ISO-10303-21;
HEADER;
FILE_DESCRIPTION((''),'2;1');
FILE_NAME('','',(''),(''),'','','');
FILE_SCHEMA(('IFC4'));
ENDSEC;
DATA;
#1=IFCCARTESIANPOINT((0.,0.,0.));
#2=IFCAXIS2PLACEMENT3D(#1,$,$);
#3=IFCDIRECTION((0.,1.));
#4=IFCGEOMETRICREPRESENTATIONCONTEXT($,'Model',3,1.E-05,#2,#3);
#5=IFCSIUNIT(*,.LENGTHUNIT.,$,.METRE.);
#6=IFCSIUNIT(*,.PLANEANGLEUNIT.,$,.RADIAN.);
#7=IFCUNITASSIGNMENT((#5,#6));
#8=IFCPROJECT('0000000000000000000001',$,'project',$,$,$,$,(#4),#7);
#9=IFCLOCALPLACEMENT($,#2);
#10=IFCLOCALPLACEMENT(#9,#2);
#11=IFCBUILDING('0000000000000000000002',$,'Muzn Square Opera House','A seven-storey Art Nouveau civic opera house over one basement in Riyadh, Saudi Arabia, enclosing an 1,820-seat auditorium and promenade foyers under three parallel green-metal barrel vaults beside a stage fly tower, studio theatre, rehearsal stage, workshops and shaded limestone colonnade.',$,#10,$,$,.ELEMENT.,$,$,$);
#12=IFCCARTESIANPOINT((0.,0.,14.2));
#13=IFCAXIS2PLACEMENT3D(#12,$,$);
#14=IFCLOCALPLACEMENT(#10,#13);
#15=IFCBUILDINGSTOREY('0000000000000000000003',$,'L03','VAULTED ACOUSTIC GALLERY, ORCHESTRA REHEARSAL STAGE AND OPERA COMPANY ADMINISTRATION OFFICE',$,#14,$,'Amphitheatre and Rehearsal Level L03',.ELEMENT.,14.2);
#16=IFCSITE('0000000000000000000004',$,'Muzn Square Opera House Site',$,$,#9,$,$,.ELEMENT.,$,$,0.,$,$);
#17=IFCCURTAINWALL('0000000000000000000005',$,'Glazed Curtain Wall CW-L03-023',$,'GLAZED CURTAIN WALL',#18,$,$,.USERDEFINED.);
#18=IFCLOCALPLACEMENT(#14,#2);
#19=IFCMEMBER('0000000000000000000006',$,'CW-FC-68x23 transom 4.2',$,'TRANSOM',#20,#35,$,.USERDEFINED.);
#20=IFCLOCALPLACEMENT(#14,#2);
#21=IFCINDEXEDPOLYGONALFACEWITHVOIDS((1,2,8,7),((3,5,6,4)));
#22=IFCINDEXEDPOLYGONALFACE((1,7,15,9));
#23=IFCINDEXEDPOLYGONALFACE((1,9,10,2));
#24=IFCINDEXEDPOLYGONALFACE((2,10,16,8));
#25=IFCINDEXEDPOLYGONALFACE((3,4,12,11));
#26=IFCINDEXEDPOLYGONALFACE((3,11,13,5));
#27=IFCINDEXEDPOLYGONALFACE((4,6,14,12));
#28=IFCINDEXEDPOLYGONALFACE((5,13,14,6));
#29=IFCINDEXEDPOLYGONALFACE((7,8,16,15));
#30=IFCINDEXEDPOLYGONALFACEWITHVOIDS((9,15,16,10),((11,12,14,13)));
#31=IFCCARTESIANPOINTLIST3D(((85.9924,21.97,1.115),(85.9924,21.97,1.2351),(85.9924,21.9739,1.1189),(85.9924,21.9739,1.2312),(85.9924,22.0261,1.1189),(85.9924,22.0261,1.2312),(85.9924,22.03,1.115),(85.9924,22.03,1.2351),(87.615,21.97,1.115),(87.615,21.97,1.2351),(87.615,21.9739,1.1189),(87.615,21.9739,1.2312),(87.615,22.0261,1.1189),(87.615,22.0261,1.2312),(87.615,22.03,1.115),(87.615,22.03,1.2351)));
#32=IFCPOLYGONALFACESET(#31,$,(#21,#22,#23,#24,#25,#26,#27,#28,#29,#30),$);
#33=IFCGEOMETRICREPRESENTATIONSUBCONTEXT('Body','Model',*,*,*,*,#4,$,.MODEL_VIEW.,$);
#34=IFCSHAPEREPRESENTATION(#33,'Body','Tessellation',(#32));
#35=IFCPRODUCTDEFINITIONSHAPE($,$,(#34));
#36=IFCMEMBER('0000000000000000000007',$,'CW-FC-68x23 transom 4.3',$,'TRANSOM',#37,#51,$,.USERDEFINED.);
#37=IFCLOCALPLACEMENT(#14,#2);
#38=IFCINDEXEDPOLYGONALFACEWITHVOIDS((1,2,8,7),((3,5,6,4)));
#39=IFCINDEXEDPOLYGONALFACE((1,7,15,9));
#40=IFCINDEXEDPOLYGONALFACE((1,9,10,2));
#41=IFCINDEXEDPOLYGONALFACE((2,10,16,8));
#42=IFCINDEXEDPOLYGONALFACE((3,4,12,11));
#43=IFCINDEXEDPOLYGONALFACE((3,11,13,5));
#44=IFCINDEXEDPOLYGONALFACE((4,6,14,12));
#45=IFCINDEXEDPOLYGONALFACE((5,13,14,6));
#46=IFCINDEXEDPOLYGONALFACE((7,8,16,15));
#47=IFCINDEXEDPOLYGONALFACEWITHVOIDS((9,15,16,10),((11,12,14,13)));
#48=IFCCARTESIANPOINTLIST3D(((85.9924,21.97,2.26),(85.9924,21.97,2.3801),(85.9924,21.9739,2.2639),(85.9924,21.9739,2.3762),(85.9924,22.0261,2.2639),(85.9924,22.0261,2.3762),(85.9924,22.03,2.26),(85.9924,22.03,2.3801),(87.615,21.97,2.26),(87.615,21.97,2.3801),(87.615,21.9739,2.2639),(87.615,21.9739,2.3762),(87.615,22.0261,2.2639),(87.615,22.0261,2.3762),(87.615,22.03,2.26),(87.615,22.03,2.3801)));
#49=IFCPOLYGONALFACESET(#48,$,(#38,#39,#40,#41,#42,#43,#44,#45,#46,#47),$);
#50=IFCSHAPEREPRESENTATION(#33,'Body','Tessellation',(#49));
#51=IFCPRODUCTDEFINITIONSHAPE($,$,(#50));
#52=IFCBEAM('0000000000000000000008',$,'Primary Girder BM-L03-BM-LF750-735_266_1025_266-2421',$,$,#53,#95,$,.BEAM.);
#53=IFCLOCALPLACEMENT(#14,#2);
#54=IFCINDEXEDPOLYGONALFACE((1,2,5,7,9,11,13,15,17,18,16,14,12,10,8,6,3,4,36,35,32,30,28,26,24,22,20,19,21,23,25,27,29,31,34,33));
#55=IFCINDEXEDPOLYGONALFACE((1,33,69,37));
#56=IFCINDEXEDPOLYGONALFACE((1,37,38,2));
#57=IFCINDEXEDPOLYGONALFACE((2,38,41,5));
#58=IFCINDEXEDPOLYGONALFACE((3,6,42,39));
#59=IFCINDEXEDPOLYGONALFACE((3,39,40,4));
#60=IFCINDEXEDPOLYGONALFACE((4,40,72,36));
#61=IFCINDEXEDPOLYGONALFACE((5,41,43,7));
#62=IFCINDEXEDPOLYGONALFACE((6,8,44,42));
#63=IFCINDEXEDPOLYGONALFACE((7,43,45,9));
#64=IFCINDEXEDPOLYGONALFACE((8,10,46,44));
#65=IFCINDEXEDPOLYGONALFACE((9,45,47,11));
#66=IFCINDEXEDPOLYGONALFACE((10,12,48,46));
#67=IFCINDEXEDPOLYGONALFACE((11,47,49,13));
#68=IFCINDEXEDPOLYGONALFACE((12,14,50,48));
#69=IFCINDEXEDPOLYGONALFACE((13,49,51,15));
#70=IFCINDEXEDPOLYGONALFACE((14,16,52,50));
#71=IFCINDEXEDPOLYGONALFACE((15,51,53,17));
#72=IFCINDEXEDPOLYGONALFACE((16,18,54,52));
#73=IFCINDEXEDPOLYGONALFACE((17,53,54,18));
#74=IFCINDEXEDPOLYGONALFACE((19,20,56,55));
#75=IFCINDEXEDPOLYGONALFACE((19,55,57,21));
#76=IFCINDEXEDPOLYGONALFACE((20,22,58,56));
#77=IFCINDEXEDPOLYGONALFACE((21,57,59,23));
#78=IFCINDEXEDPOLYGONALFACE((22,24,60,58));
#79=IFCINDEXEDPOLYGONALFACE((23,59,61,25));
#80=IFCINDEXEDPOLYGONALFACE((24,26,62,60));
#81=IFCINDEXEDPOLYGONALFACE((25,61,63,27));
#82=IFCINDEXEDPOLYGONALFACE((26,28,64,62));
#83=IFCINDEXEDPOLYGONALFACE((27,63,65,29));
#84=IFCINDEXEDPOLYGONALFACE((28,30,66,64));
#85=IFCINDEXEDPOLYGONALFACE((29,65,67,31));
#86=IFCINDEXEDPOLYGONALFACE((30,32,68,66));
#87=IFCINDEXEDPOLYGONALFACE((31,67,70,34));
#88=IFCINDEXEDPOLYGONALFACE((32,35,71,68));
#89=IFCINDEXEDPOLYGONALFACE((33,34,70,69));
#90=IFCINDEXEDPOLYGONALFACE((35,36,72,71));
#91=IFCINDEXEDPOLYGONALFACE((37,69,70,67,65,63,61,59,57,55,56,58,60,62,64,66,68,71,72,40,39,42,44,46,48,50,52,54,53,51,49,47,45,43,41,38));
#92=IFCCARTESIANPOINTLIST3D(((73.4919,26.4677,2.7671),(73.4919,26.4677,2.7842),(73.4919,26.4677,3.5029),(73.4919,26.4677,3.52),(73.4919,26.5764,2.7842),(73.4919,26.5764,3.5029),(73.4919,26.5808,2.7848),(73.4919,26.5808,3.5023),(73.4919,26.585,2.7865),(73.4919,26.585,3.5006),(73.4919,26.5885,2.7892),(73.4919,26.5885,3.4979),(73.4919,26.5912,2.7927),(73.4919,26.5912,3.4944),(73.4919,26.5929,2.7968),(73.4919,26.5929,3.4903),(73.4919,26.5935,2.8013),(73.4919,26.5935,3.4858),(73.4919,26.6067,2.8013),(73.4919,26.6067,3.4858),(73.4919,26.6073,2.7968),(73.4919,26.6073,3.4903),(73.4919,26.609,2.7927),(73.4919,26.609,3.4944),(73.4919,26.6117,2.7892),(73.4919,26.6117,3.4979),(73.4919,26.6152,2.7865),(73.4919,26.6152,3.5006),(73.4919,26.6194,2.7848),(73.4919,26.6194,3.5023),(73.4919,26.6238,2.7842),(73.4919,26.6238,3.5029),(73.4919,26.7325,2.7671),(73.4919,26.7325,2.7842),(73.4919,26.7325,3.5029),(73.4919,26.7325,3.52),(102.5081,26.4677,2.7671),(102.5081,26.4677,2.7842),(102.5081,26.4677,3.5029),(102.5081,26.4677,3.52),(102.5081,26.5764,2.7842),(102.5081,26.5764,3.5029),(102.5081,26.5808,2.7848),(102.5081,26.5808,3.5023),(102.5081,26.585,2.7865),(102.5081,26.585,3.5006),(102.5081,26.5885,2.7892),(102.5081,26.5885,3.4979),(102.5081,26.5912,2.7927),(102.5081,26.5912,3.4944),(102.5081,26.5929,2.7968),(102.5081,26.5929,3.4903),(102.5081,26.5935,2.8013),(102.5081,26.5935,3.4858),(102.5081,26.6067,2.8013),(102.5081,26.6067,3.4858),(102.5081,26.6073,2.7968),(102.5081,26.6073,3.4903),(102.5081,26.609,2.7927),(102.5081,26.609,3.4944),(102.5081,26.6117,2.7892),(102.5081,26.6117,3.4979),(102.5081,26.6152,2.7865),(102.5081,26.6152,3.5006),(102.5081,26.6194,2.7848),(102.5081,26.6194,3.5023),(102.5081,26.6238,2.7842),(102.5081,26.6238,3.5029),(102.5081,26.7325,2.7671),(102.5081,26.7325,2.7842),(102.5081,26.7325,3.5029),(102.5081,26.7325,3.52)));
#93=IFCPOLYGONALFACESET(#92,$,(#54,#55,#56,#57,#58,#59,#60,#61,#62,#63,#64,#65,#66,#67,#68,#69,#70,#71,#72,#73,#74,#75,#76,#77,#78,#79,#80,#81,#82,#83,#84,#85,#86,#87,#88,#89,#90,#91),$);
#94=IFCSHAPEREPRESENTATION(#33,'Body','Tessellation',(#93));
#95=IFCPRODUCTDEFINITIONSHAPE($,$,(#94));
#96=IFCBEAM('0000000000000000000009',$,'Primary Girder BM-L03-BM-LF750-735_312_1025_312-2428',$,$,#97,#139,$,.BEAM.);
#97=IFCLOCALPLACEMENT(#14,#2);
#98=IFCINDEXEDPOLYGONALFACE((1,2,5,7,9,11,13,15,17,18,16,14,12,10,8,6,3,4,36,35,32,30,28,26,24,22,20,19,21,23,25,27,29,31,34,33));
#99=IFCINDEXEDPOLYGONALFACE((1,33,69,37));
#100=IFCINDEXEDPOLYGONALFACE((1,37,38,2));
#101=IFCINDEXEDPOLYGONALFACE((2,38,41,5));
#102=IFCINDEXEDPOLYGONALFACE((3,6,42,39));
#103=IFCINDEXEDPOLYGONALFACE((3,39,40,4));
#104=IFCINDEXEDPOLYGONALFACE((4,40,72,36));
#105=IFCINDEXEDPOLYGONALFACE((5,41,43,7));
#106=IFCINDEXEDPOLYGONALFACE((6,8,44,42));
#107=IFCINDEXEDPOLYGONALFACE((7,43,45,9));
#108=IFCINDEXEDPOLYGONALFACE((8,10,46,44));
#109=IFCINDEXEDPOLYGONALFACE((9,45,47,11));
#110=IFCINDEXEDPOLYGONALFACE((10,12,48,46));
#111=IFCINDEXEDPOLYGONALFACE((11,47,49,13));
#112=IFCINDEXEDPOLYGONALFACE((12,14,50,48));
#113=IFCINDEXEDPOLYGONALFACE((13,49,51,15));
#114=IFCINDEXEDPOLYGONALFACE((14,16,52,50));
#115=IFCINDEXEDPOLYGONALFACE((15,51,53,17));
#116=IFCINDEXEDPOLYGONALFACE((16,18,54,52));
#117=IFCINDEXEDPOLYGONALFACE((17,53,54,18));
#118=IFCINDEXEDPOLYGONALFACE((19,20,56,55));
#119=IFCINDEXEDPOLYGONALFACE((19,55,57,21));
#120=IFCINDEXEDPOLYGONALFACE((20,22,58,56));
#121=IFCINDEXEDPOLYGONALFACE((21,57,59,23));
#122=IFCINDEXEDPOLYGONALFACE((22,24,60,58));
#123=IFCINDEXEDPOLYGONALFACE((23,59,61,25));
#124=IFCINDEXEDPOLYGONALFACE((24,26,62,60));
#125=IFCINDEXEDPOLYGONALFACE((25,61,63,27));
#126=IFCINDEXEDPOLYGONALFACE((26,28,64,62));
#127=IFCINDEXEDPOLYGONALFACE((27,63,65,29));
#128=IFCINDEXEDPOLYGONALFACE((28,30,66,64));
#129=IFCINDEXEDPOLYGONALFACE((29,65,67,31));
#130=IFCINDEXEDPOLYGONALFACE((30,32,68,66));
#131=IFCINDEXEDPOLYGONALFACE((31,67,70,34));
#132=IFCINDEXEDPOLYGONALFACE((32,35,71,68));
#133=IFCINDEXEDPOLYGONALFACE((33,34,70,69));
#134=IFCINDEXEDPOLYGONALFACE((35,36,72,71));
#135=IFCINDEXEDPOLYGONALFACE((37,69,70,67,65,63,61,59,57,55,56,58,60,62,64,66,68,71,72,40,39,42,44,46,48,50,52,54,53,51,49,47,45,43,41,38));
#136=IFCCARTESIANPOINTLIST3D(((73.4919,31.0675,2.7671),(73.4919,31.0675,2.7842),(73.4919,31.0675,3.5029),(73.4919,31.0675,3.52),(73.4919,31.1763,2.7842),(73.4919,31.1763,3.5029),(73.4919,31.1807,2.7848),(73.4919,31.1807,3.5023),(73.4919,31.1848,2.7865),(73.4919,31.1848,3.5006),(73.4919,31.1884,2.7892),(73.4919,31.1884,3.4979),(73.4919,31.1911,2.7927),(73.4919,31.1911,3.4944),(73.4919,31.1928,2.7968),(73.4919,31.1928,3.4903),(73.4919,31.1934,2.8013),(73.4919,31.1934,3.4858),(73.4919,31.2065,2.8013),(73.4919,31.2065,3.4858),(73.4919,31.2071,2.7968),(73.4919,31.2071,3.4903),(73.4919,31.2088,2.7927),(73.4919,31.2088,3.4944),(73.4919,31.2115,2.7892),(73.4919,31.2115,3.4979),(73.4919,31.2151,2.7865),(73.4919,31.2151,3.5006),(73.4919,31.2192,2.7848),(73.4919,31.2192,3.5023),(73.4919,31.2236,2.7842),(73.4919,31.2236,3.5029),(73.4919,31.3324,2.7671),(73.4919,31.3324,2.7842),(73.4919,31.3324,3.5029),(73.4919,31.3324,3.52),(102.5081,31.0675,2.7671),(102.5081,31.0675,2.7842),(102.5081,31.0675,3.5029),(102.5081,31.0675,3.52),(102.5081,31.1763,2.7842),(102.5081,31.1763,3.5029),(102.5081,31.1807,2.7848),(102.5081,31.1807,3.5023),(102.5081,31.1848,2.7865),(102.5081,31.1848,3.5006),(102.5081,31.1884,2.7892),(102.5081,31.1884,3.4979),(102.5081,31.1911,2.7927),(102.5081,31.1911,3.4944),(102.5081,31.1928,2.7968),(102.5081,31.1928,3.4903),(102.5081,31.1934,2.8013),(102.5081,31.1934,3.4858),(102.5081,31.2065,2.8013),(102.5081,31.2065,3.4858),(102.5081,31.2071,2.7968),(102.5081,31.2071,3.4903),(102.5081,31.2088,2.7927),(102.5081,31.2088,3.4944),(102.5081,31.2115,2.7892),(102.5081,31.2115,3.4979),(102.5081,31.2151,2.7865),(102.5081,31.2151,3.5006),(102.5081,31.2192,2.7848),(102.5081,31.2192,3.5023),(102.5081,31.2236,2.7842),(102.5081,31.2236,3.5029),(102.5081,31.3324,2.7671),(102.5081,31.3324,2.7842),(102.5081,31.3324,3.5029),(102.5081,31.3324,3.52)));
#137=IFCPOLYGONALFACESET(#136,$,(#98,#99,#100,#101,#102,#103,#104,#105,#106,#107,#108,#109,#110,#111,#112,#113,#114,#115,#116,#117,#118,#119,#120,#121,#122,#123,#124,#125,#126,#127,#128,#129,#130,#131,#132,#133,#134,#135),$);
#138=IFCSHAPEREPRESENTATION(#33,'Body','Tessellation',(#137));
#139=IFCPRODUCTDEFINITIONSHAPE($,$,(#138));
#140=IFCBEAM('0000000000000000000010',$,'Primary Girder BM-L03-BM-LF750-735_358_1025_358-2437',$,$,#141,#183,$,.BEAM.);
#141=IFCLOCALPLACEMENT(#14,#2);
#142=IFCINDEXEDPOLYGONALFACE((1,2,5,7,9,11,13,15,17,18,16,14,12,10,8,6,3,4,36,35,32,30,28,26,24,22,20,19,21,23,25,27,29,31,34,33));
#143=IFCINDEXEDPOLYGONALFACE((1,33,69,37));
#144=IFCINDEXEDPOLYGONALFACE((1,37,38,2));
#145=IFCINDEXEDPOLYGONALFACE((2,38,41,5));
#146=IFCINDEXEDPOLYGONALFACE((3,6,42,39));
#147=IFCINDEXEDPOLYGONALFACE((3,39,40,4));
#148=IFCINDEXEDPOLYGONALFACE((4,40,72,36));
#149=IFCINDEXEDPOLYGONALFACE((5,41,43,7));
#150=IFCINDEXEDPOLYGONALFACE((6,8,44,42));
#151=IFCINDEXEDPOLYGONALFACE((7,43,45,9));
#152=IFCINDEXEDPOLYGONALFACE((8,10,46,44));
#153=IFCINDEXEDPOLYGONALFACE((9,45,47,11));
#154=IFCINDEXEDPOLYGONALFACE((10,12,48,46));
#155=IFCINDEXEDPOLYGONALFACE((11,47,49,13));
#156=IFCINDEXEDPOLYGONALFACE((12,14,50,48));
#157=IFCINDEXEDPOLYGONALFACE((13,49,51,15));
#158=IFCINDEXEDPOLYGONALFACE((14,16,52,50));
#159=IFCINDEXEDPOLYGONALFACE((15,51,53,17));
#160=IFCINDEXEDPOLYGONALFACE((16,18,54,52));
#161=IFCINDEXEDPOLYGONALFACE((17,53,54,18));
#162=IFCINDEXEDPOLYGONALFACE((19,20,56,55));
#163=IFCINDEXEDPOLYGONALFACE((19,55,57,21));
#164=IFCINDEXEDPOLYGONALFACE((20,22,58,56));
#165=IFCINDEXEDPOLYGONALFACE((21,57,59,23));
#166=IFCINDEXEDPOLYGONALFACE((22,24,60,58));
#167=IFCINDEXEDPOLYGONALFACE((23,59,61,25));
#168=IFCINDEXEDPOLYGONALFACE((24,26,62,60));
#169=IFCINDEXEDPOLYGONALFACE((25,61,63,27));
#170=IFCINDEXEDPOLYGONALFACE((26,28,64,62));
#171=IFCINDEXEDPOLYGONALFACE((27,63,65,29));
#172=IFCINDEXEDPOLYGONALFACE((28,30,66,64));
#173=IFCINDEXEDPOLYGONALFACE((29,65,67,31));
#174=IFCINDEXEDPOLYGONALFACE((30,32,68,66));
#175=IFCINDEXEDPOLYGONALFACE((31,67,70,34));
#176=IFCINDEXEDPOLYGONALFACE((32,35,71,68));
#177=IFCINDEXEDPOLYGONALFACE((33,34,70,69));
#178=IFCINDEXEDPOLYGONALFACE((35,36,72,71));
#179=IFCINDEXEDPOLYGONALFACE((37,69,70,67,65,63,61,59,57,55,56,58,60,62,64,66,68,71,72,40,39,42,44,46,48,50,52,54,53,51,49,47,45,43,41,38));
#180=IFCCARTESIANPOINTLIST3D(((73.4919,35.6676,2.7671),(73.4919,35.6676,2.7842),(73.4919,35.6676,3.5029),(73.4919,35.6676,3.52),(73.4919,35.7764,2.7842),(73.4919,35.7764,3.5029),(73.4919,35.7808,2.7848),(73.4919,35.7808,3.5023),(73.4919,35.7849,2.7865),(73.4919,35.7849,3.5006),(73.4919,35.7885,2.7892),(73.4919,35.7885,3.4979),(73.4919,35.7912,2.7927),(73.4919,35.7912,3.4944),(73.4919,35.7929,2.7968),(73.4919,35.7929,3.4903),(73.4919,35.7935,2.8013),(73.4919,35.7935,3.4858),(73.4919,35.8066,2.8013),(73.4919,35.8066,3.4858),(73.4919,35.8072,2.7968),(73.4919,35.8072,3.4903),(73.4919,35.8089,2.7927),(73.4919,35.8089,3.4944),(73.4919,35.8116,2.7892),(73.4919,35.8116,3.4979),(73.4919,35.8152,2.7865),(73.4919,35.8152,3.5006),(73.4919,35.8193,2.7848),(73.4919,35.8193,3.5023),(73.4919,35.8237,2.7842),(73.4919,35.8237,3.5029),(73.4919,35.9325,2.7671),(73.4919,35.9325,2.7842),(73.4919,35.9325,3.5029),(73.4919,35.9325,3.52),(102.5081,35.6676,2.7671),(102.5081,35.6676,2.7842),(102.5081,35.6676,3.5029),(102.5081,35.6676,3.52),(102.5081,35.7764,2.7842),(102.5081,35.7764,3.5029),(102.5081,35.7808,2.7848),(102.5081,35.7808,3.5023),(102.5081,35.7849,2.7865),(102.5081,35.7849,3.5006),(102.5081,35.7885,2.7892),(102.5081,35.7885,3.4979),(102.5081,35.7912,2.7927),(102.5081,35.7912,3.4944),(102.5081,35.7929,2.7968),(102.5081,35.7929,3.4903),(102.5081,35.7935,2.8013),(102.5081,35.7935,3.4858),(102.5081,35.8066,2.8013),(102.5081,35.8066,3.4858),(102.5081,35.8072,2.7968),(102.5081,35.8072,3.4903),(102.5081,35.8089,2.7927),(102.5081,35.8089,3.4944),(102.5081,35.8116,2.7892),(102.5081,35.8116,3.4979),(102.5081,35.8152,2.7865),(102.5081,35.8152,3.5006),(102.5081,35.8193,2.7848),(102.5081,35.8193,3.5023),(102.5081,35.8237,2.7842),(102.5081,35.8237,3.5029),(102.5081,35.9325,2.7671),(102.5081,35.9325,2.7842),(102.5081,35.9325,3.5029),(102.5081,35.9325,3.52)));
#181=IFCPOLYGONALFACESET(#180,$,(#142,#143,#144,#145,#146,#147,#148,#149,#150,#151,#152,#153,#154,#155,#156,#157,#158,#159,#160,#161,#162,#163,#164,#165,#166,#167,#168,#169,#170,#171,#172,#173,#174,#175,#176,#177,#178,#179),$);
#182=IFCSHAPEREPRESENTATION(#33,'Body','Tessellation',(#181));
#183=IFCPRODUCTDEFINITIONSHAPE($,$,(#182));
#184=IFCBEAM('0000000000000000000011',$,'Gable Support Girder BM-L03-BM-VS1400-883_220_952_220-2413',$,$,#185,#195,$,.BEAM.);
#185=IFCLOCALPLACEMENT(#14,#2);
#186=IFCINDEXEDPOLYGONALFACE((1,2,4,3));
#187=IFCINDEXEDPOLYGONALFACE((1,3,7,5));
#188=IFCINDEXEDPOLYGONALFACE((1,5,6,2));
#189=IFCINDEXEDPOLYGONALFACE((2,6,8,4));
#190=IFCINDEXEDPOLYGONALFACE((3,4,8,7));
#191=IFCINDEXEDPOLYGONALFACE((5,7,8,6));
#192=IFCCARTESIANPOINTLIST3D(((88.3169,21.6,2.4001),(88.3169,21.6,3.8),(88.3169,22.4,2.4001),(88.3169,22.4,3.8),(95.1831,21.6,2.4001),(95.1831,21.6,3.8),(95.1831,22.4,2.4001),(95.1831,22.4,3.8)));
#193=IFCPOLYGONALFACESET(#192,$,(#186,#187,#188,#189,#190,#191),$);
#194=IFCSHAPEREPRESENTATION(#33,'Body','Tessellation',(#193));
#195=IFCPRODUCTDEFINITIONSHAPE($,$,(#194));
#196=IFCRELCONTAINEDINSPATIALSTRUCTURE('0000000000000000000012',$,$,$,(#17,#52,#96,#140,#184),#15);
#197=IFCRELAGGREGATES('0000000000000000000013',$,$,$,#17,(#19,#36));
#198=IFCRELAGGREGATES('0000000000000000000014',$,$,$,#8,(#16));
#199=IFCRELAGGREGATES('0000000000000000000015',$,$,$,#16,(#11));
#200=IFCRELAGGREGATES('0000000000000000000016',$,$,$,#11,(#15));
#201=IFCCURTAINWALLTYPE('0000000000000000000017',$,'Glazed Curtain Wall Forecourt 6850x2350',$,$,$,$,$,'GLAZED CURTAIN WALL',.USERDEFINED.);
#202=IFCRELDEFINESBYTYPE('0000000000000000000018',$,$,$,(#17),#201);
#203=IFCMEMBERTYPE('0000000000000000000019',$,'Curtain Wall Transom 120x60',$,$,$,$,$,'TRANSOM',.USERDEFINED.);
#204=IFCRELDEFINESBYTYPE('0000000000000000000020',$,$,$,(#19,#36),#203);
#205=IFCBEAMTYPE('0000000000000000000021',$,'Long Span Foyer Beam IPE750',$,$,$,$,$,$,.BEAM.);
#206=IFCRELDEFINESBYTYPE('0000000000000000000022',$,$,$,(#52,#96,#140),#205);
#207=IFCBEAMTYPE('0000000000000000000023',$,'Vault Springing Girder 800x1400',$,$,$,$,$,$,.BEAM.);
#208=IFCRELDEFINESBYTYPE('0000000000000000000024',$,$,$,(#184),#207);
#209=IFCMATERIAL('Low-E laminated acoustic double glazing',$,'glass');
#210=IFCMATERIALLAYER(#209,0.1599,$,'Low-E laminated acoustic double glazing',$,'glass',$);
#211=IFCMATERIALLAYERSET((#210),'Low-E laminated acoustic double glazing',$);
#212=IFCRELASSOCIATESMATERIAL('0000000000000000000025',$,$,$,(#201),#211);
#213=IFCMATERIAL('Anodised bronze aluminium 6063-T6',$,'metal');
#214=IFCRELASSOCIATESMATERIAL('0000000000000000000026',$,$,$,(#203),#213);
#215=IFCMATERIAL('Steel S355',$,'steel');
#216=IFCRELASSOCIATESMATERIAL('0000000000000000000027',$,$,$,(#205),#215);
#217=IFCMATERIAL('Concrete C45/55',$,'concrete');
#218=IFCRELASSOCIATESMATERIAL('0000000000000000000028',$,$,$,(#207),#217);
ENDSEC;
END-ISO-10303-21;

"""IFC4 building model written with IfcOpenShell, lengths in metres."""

from ifc_helpers import new_model, si_unit, direction, frame, origin, origin_2d, place, context, subcontext, project, spatial, rectangle, hollow_rectangle, i_section, extrude, material, layer, layer_set, material_profile, profile_set, type_object, element, aggregate, save


model = new_model("IFC4")

# Units and contexts
model_context = context("Model", 3, precision=1e-05, world=origin(), true_north=direction((0.0, 1.0)))
body_context = subcontext(model_context, "Body", "Model", "MODEL_VIEW")
ifc_project = project(units=[si_unit("LENGTHUNIT", "METRE"), si_unit("PLANEANGLEUNIT", "RADIAN")], contexts=[model_context])

# Site, building, storey
site_placement = place(None, origin())
site = spatial("IfcSite", under=ifc_project, at=site_placement, Name="Muzn Square Opera House Site", CompositionType="ELEMENT", RefElevation=0.0)
building_placement = place(site_placement, origin())
building = spatial("IfcBuilding", under=site, at=building_placement, Name="Muzn Square Opera House", Description="A seven-storey Art Nouveau civic opera house over one basement in Riyadh, Saudi Arabia, enclosing an 1,820-seat auditorium and promenade foyers under three parallel green-metal barrel vaults beside a stage fly tower, studio theatre, rehearsal stage, workshops and shaded limestone colonnade.", CompositionType="ELEMENT")
storey_placement = place(building_placement, frame((0.0, 0.0, 14.2)))
storey = spatial("IfcBuildingStorey", under=building, at=storey_placement, Name="L03", Description="VAULTED ACOUSTIC GALLERY, ORCHESTRA REHEARSAL STAGE AND OPERA COMPANY ADMINISTRATION OFFICE", LongName="Amphitheatre and Rehearsal Level L03", CompositionType="ELEMENT", Elevation=14.2)

# Shared definitions
ifc_material_1 = material(Name="Concrete C45/55", Category="concrete")

# Shared definitions
ifc_material_2 = material(Name="Steel S355", Category="steel")

# Curtain wall, members
ifc_material_3 = material(Name="Low-E laminated acoustic double glazing", Category="glass")
ifc_layer_1 = layer(ifc_material_3, 0.1599, Name="Low-E laminated acoustic double glazing", Category="glass")
ifc_layer_set_1 = layer_set([ifc_layer_1], Name="Low-E laminated acoustic double glazing")
curtain_wall_type = type_object("IfcCurtainWallType", Name="Glazed Curtain Wall Forecourt 6850x2350", ElementType="GLAZED CURTAIN WALL", PredefinedType="USERDEFINED", material=ifc_layer_set_1)
curtain_wall_placement = place(storey_placement, origin())
curtain_wall = element("IfcCurtainWall", 1, at=curtain_wall_placement, inside=storey, type_object=curtain_wall_type, Name="Glazed Curtain Wall CW-L03-023", ObjectType="GLAZED CURTAIN WALL", PredefinedType="USERDEFINED")
ifc_material_4 = material(Name="Anodised bronze aluminium 6063-T6", Category="metal")
ifc_material_profile_1 = material_profile(ifc_material_4, hollow_rectangle(XDim=0.0601, YDim=0.1201, WallThickness=0.0039, at=origin_2d()), Name="ALU 120x60x4", Category="metal")
ifc_profile_set_1 = profile_set([ifc_material_profile_1], Name="Anodised bronze aluminium 6063-T6")
member_type_1 = type_object("IfcMemberType", Name="Curtain Wall Transom 120x60", ElementType="TRANSOM", PredefinedType="USERDEFINED", material=ifc_profile_set_1)
member_1_placement = place(storey_placement, frame((85.9924, 22.0, 1.175), z_axis=(1.0, 0.0, 0.0), x_axis=(0.0, 1.0, 0.0)))
member_1 = element("IfcMember", 2, at=member_1_placement, type_object=member_type_1, Name="CW-FC-68x23 transom 4.2", ObjectType="TRANSOM", PredefinedType="USERDEFINED", context=body_context, shape_type="SweptSolid", body=[
    extrude(hollow_rectangle(XDim=0.0601, YDim=0.1201, WallThickness=0.0039, at=origin_2d()), origin(), (0.0, 0.0, 1.0), 1.6226),
])
member_2_placement = place(storey_placement, frame((85.9924, 22.0, 2.3201), z_axis=(1.0, 0.0, 0.0), x_axis=(0.0, 1.0, 0.0)))
member_2 = element("IfcMember", 3, at=member_2_placement, type_object=member_type_1, Name="CW-FC-68x23 transom 4.3", ObjectType="TRANSOM", PredefinedType="USERDEFINED", context=body_context, shape_type="SweptSolid", body=[
    extrude(hollow_rectangle(XDim=0.0601, YDim=0.1201, WallThickness=0.0039, at=origin_2d()), origin(), (0.0, 0.0, 1.0), 1.6226),
])

# Beams
ifc_material_profile_2 = material_profile(ifc_material_2, i_section(OverallWidth=0.2649, OverallDepth=0.7529, WebThickness=0.0132, FlangeThickness=0.0171, FilletRadius=0.0171, at=origin_2d()), Name="IPE 750x147", Category="steel")
ifc_profile_set_2 = profile_set([ifc_material_profile_2], Name="Steel S355")
beam_type_1 = type_object("IfcBeamType", Name="Long Span Foyer Beam IPE750", PredefinedType="BEAM", material=ifc_profile_set_2)
for number, where, z_axis, x_axis, name in (
    (4, (73.4919, 26.6001, 3.1436), (1.0, 0.0, 0.0), (0.0, 1.0, 0.0), "Primary Girder BM-L03-BM-LF750-735_266_1025_266-2421"),
    (5, (73.4919, 31.2, 3.1436), (1.0, 0.0, 0.0), (0.0, 1.0, 0.0), "Primary Girder BM-L03-BM-LF750-735_312_1025_312-2428"),
    (6, (73.4919, 35.8, 3.1436), (1.0, 0.0, 0.0), (0.0, 1.0, 0.0), "Primary Girder BM-L03-BM-LF750-735_358_1025_358-2437"),
):
    element("IfcBeam", number, at=place(storey_placement, frame(where, z_axis=z_axis, x_axis=x_axis)), inside=storey, type_object=beam_type_1, Name=name, PredefinedType="BEAM", context=body_context, shape_type="SweptSolid", body=[
        extrude(i_section(OverallWidth=0.2649, OverallDepth=0.7529, WebThickness=0.0132, FlangeThickness=0.0171, FilletRadius=0.0171, at=origin_2d()), origin(), (0.0, 0.0, 1.0), 29.0161),
    ])
ifc_material_profile_3 = material_profile(ifc_material_1, rectangle(XDim=0.8, YDim=1.3999, at=origin_2d()), Name="RCB 800x1400", Category="concrete")
ifc_profile_set_3 = profile_set([ifc_material_profile_3], Name="Concrete C45/55")
beam_type_2 = type_object("IfcBeamType", Name="Vault Springing Girder 800x1400", PredefinedType="BEAM", material=ifc_profile_set_3)
beam_placement = place(storey_placement, frame((88.3169, 22.0, 3.1001), z_axis=(1.0, 0.0, 0.0), x_axis=(0.0, 1.0, 0.0)))
element("IfcBeam", 7, at=beam_placement, inside=storey, type_object=beam_type_2, Name="Gable Support Girder BM-L03-BM-VS1400-883_220_952_220-2413", PredefinedType="BEAM", context=body_context, shape_type="SweptSolid", body=[
    extrude(rectangle(XDim=0.8, YDim=1.3999, at=origin_2d()), origin(), (0.0, 0.0, 1.0), 6.8662),
])

aggregate(curtain_wall, [member_1, member_2])

save(model, "model.ifc")
